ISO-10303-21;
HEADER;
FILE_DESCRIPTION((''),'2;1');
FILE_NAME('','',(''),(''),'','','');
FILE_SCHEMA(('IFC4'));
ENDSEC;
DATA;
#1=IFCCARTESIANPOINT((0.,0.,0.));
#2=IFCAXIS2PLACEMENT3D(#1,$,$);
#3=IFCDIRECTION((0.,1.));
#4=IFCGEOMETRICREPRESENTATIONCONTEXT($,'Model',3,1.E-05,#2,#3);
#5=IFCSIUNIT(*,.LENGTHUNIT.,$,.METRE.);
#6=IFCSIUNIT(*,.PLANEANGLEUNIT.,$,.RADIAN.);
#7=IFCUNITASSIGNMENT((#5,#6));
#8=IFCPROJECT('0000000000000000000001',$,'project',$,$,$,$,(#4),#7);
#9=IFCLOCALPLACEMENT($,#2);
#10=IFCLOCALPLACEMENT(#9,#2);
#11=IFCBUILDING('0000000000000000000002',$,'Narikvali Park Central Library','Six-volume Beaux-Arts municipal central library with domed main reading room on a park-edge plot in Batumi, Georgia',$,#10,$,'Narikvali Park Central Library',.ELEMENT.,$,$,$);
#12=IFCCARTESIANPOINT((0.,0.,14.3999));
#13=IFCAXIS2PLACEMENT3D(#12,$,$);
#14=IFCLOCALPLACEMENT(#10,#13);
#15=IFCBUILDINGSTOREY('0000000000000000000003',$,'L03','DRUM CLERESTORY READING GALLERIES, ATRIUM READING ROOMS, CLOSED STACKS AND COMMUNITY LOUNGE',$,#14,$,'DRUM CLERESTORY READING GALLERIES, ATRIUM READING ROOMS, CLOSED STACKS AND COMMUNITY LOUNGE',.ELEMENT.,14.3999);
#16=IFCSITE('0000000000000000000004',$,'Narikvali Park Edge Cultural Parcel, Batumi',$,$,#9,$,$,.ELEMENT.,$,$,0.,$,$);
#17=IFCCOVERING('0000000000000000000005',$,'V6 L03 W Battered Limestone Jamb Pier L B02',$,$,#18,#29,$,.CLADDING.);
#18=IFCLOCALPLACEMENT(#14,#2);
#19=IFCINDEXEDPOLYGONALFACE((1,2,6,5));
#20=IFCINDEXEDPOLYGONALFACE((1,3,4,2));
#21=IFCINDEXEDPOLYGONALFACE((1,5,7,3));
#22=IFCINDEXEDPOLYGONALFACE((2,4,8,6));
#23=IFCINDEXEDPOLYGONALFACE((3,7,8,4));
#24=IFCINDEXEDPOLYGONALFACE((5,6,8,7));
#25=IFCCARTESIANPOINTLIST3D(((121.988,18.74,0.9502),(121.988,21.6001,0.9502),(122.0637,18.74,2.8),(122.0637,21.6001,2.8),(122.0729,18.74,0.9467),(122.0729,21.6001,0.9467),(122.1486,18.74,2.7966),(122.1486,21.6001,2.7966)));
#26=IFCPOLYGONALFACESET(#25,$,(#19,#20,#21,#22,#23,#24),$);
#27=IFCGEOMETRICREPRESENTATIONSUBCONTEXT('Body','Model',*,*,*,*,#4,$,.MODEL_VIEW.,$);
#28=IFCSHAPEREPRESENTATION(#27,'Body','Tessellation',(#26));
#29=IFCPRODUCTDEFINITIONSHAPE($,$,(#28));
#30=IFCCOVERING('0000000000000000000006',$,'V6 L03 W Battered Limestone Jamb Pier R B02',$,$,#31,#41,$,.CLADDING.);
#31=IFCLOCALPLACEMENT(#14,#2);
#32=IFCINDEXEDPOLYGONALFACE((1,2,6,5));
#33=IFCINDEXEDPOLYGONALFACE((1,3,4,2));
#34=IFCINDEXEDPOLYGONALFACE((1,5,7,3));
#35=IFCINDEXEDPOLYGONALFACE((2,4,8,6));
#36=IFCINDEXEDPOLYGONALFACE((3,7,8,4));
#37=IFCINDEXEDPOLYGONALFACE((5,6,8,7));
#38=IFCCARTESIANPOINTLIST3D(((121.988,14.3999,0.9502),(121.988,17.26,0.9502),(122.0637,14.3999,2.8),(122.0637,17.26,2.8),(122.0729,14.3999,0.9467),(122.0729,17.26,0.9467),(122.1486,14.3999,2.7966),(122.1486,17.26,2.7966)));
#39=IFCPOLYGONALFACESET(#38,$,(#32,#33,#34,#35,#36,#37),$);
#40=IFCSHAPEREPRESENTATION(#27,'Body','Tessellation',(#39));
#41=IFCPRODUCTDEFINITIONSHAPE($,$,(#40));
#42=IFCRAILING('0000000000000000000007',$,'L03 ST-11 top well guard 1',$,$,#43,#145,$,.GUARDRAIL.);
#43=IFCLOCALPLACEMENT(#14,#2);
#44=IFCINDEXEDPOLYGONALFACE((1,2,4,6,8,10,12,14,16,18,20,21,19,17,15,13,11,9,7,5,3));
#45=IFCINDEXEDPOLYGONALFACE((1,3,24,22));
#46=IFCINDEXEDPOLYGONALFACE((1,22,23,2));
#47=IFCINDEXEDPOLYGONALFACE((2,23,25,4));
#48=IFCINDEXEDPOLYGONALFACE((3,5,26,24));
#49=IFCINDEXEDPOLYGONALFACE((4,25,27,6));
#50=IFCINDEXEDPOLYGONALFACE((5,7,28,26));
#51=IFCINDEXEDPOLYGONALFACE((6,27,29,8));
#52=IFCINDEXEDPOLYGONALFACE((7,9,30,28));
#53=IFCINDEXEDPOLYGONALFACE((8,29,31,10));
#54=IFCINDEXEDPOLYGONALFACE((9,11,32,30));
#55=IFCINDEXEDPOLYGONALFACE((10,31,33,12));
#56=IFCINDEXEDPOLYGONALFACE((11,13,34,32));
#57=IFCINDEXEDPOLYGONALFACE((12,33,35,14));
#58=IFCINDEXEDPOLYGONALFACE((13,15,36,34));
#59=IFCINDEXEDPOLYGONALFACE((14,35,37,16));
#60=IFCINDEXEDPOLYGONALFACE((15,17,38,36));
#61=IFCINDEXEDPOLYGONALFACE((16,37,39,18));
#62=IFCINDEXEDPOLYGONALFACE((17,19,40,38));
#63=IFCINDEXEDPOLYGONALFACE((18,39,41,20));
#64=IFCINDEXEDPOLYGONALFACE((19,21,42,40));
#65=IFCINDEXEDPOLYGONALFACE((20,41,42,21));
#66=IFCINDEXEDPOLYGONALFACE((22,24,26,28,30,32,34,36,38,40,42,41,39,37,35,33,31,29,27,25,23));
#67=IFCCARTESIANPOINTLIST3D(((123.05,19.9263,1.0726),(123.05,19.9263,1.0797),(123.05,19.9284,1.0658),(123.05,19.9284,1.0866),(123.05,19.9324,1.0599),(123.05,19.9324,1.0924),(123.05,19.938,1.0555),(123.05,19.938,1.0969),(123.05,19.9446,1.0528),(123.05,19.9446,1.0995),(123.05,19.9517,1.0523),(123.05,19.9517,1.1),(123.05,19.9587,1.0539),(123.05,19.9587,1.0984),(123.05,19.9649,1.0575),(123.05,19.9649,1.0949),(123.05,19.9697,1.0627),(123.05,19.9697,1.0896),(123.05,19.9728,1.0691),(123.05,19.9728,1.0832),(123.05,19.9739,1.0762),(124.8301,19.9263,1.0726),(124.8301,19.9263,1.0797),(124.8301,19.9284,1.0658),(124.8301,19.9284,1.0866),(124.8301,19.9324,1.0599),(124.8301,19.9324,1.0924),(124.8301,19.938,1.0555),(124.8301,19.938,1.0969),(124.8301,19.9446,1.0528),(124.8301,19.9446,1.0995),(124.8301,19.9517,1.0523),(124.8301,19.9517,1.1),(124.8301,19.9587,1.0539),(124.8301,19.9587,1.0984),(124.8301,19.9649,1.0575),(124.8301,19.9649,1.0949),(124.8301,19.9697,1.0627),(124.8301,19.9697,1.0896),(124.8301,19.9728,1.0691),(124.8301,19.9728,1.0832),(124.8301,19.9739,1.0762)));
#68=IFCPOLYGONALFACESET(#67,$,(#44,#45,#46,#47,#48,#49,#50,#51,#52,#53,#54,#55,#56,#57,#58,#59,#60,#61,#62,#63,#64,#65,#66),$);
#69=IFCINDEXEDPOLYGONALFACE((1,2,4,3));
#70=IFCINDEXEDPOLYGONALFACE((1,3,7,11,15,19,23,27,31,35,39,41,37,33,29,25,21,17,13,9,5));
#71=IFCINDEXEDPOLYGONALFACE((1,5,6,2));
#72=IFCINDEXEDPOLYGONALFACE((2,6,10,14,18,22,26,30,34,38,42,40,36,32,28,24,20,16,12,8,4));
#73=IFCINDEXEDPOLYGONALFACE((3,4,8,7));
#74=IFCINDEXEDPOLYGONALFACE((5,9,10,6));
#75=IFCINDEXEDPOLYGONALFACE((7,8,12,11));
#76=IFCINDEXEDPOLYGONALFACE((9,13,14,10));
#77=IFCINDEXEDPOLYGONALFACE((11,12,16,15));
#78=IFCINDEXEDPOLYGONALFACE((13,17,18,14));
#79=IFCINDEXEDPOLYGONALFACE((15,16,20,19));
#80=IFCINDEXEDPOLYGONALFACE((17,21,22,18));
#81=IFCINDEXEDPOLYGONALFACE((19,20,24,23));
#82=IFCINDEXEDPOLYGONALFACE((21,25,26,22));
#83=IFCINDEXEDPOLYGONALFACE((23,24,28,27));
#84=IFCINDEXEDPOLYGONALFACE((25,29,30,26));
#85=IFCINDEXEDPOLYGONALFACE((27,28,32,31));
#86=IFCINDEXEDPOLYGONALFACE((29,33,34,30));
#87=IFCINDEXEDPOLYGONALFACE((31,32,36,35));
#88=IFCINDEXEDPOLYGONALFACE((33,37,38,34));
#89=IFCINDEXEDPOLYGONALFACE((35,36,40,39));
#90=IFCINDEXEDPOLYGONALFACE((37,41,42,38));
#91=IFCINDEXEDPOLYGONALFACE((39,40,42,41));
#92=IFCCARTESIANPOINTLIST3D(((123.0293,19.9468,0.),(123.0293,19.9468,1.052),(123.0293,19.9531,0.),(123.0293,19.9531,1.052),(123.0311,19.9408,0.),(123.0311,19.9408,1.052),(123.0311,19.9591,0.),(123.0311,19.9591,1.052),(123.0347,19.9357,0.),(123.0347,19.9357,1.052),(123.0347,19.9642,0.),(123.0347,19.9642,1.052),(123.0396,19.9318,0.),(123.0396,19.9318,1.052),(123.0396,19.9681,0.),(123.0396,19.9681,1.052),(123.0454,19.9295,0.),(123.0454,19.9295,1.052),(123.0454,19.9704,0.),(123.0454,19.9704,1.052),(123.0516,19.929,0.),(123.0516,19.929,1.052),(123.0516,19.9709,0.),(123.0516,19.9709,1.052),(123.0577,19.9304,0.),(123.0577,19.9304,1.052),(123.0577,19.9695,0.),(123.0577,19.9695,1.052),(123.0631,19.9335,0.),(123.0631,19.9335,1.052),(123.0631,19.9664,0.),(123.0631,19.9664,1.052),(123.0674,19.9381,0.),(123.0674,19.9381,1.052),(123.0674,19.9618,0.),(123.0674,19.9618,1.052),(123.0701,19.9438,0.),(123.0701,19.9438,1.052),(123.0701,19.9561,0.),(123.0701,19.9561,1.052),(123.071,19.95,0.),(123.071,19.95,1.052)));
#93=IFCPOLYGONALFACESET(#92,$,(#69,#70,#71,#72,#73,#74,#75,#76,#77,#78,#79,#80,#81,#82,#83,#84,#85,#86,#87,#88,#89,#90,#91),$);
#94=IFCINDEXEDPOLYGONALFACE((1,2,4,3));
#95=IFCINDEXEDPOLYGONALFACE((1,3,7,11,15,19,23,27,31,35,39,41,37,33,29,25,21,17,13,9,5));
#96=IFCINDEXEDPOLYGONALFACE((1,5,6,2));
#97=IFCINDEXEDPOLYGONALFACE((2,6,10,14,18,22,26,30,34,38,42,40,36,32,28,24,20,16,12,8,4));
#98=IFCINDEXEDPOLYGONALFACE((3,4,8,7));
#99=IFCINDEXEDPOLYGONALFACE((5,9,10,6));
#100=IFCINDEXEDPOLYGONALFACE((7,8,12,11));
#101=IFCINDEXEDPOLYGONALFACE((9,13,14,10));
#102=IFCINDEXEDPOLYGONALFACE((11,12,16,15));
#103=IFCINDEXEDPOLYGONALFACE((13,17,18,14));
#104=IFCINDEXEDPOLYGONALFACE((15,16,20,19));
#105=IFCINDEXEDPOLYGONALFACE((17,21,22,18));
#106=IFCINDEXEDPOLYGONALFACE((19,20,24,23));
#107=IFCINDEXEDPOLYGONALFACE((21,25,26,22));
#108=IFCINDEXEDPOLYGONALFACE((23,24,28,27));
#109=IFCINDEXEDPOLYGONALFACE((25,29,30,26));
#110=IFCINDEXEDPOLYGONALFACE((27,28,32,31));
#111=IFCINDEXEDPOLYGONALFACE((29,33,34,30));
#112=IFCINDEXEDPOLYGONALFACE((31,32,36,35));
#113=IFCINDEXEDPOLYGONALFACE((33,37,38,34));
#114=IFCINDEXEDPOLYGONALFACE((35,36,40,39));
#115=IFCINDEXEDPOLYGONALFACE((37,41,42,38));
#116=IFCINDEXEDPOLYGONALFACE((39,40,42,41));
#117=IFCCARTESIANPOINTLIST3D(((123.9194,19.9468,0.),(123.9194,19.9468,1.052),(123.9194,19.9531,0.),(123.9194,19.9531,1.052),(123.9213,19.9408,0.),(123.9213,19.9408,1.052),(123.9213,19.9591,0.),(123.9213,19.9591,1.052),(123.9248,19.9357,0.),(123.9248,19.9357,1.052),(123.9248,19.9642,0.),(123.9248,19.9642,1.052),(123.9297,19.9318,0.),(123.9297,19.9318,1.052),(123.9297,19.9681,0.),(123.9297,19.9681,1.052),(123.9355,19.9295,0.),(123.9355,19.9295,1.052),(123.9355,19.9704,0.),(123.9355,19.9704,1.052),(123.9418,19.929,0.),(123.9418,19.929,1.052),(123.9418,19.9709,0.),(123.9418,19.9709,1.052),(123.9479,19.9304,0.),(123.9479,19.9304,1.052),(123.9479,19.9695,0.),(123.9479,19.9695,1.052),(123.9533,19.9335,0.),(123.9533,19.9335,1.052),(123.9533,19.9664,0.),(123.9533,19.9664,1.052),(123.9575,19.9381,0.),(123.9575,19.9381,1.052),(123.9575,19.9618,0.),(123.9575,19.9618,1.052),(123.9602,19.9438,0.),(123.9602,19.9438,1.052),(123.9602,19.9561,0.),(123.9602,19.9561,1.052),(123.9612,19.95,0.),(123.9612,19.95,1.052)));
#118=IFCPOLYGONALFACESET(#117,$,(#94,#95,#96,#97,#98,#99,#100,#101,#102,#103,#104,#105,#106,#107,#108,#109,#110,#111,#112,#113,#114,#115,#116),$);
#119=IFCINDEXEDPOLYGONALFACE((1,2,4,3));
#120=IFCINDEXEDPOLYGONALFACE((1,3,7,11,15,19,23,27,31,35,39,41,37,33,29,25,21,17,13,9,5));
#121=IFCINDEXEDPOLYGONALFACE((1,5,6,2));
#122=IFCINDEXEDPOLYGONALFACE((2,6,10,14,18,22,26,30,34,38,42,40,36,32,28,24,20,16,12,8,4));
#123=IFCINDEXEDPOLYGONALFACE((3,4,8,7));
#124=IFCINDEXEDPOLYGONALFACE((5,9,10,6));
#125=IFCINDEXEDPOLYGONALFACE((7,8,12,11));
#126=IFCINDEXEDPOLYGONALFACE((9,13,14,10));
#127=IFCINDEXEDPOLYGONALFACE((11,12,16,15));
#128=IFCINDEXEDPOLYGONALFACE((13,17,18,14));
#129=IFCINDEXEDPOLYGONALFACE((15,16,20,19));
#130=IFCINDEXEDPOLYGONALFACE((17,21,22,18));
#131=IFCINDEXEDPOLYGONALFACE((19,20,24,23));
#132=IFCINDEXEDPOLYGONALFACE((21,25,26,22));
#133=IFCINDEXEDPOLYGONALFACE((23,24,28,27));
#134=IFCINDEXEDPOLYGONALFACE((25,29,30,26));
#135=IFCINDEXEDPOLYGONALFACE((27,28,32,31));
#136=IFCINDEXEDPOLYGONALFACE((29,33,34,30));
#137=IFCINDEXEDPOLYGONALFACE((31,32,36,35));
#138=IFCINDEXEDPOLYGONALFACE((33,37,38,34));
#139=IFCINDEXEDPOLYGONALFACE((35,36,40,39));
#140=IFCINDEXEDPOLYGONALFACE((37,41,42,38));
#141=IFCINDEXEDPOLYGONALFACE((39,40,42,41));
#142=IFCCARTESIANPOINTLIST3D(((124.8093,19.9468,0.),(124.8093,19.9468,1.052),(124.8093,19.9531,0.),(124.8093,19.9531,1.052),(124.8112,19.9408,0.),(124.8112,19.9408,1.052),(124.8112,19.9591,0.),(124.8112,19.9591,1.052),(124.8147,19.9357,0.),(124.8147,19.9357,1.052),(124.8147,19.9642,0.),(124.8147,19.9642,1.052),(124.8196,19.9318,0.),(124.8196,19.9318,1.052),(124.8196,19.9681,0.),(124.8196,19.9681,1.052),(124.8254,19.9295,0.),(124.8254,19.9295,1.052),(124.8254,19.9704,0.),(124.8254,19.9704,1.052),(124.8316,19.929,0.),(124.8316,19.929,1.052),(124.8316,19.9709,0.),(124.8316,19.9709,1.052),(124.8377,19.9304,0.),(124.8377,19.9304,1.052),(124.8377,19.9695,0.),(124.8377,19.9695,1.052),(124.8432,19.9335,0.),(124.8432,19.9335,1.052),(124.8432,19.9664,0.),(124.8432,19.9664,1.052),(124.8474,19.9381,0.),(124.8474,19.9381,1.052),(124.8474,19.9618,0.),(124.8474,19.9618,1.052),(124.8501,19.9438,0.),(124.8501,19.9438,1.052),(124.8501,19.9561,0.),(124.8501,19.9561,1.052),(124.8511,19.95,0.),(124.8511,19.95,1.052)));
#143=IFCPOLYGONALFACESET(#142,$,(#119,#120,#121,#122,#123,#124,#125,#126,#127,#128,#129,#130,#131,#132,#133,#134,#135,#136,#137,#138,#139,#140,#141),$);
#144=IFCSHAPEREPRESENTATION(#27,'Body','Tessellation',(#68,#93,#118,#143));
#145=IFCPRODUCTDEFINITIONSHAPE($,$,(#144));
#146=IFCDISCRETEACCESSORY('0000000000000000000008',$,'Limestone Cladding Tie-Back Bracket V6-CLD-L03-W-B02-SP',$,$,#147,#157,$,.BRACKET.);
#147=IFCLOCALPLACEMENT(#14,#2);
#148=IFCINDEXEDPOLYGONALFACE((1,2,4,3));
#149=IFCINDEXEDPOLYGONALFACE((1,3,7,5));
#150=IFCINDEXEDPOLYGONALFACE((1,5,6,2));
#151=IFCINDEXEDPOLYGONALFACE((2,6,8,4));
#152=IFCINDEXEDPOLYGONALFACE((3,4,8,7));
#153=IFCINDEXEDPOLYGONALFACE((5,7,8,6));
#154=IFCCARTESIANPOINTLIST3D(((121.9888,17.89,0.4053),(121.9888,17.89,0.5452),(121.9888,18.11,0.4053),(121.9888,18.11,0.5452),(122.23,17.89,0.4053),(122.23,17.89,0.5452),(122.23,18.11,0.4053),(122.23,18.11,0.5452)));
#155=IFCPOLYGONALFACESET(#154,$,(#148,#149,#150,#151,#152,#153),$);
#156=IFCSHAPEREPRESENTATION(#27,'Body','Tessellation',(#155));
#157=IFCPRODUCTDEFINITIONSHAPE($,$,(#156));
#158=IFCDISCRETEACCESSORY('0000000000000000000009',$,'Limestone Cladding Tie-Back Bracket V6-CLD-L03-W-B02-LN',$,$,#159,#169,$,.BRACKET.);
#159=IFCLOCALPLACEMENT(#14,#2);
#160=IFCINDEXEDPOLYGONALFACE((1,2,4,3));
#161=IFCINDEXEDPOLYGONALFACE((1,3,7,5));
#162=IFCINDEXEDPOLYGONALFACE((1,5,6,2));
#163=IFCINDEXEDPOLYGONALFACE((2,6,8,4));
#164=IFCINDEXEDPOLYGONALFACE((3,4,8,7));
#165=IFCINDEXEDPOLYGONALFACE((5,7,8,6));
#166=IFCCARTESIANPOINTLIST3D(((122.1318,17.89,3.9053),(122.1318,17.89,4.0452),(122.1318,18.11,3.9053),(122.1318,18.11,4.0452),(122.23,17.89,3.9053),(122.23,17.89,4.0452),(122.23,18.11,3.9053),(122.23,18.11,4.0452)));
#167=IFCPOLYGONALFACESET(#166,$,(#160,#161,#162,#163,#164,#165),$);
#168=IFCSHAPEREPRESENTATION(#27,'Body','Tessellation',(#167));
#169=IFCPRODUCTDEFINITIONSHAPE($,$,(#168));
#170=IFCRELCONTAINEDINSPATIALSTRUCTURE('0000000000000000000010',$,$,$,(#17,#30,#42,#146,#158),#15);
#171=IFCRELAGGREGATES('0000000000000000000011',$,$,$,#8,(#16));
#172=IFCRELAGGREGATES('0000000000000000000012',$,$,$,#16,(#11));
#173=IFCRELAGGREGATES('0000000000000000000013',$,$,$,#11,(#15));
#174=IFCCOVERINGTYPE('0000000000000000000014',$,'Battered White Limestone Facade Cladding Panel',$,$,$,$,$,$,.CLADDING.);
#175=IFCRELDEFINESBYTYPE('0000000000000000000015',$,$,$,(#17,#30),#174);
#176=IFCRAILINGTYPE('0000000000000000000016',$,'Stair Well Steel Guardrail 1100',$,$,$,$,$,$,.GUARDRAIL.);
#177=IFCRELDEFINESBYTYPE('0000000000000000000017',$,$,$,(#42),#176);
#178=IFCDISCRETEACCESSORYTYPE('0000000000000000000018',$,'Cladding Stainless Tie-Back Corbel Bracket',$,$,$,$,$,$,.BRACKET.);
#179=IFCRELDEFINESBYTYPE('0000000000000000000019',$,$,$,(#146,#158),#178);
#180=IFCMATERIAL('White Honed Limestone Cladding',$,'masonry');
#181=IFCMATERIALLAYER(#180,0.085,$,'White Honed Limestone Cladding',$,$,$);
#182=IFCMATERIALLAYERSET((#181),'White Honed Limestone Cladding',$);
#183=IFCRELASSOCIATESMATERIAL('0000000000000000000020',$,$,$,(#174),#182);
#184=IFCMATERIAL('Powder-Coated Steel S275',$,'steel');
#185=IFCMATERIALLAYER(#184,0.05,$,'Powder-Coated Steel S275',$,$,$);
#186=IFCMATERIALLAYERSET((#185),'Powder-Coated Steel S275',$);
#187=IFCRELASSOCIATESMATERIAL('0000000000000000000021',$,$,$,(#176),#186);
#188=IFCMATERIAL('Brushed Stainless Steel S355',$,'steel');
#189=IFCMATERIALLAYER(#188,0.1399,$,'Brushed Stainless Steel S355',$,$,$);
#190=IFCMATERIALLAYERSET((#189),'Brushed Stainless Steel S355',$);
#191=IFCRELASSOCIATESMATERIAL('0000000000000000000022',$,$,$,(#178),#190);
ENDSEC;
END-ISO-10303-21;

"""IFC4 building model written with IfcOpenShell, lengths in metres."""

from ifc_helpers import new_model, si_unit, direction, frame, origin, origin_2d, place, context, subcontext, project, spatial, polyline, rectangle, circle, outline, extrude, material, layer, layer_set, type_object, element, save


model = new_model("IFC4")

# Units and contexts
model_context = context("Model", 3, precision=1e-05, world=origin(), true_north=direction((0.0, 1.0)))
body_context = subcontext(model_context, "Body", "Model", "MODEL_VIEW")
ifc_project = project(units=[si_unit("LENGTHUNIT", "METRE"), si_unit("PLANEANGLEUNIT", "RADIAN")], contexts=[model_context])

# Site, building, storey
site_placement = place(None, origin())
site = spatial("IfcSite", under=ifc_project, at=site_placement, Name="Narikvali Park Edge Cultural Parcel, Batumi", CompositionType="ELEMENT", RefElevation=0.0)
building_placement = place(site_placement, origin())
building = spatial("IfcBuilding", under=site, at=building_placement, Name="Narikvali Park Central Library", Description="Six-volume Beaux-Arts municipal central library with domed main reading room on a park-edge plot in Batumi, Georgia", LongName="Narikvali Park Central Library", CompositionType="ELEMENT")
storey_placement = place(building_placement, frame((0.0, 0.0, 14.3999)))
storey = spatial("IfcBuildingStorey", under=building, at=storey_placement, Name="L03", Description="DRUM CLERESTORY READING GALLERIES, ATRIUM READING ROOMS, CLOSED STACKS AND COMMUNITY LOUNGE", LongName="DRUM CLERESTORY READING GALLERIES, ATRIUM READING ROOMS, CLOSED STACKS AND COMMUNITY LOUNGE", CompositionType="ELEMENT", Elevation=14.3999)

# Coverings
ifc_material_1 = material(Name="White Honed Limestone Cladding", Category="masonry")
ifc_layer_1 = layer(ifc_material_1, 0.085, Name="White Honed Limestone Cladding")
ifc_layer_set_1 = layer_set([ifc_layer_1], Name="White Honed Limestone Cladding")
covering_type = type_object("IfcCoveringType", Name="Battered White Limestone Facade Cladding Panel", PredefinedType="CLADDING", material=ifc_layer_set_1)
for number, where, z_axis, x_axis, name in (
    (1, (121.988, 21.6001, 0.9502), (-0.999164, 0.0, 0.040879), (0.0, -1.0, 0.0), "V6 L03 W Battered Limestone Jamb Pier L B02"),
    (2, (121.988, 17.26, 0.9502), (-0.999164, 0.0, 0.040879), (0.0, -1.0, 0.0), "V6 L03 W Battered Limestone Jamb Pier R B02"),
):
    element("IfcCovering", number, at=place(storey_placement, frame(where, z_axis=z_axis, x_axis=x_axis)), inside=storey, type_object=covering_type, Name=name, PredefinedType="CLADDING", context=body_context, shape_type="SweptSolid", body=[
        extrude(outline(polyline([(0.0, 0.0), (2.8601, 0.0), (2.8601, 1.8514), (0.0, 1.8514), (0.0, 0.0)])), origin(), (0.0, 0.0, -1.0), 0.085),
    ])

# Railing
ifc_material_2 = material(Name="Powder-Coated Steel S275", Category="steel")
ifc_layer_2 = layer(ifc_material_2, 0.05, Name="Powder-Coated Steel S275")
ifc_layer_set_2 = layer_set([ifc_layer_2], Name="Powder-Coated Steel S275")
railing_type = type_object("IfcRailingType", Name="Stair Well Steel Guardrail 1100", PredefinedType="GUARDRAIL", material=ifc_layer_set_2)
railing_placement = place(storey_placement, frame((123.05, 19.95, 0.0)))
element("IfcRailing", 3, at=railing_placement, inside=storey, type_object=railing_type, Name="L03 ST-11 top well guard 1", PredefinedType="GUARDRAIL", context=body_context, shape_type="SweptSolid", body=[
    extrude(circle(Radius=0.0239, at=origin_2d()), frame((0.0, 0.0, 1.0762), z_axis=(1.0, 0.0, 0.0), x_axis=(0.0, 1.0, 0.0)), (0.0, 0.0, 1.0), 1.78),
    extrude(circle(Radius=0.021, at=origin_2d()), origin(), (0.0, 0.0, 1.0), 1.052),
    extrude(circle(Radius=0.021, at=origin_2d()), frame((0.8901, 0.0, 0.0)), (0.0, 0.0, 1.0), 1.052),
    extrude(circle(Radius=0.021, at=origin_2d()), frame((1.78, 0.0, 0.0)), (0.0, 0.0, 1.0), 1.052),
])

# Discrete accessories
ifc_material_3 = material(Name="Brushed Stainless Steel S355", Category="steel")
ifc_layer_3 = layer(ifc_material_3, 0.1399, Name="Brushed Stainless Steel S355")
ifc_layer_set_3 = layer_set([ifc_layer_3], Name="Brushed Stainless Steel S355")
discrete_accessory_type = type_object("IfcDiscreteAccessoryType", Name="Cladding Stainless Tie-Back Corbel Bracket", PredefinedType="BRACKET", material=ifc_layer_set_3)
discrete_accessory_1_placement = place(storey_placement, frame((122.1094, 18.0, 0.4053), z_axis=(0.0, 0.0, 1.0), x_axis=(1.0, 0.0, 0.0)))
element("IfcDiscreteAccessory", 4, at=discrete_accessory_1_placement, inside=storey, type_object=discrete_accessory_type, Name="Limestone Cladding Tie-Back Bracket V6-CLD-L03-W-B02-SP", PredefinedType="BRACKET", context=body_context, shape_type="SweptSolid", body=[
    extrude(rectangle(XDim=0.2412, YDim=0.22, at=origin_2d()), origin(), (0.0, 0.0, 1.0), 0.1399),
])
discrete_accessory_2_placement = place(storey_placement, frame((122.1809, 18.0, 3.9053), z_axis=(0.0, 0.0, 1.0), x_axis=(1.0, 0.0, 0.0)))
element("IfcDiscreteAccessory", 5, at=discrete_accessory_2_placement, inside=storey, type_object=discrete_accessory_type, Name="Limestone Cladding Tie-Back Bracket V6-CLD-L03-W-B02-LN", PredefinedType="BRACKET", context=body_context, shape_type="SweptSolid", body=[
    extrude(rectangle(XDim=0.0981, YDim=0.22, at=origin_2d()), origin(), (0.0, 0.0, 1.0), 0.1399),
])

save(model, "model.ifc")
